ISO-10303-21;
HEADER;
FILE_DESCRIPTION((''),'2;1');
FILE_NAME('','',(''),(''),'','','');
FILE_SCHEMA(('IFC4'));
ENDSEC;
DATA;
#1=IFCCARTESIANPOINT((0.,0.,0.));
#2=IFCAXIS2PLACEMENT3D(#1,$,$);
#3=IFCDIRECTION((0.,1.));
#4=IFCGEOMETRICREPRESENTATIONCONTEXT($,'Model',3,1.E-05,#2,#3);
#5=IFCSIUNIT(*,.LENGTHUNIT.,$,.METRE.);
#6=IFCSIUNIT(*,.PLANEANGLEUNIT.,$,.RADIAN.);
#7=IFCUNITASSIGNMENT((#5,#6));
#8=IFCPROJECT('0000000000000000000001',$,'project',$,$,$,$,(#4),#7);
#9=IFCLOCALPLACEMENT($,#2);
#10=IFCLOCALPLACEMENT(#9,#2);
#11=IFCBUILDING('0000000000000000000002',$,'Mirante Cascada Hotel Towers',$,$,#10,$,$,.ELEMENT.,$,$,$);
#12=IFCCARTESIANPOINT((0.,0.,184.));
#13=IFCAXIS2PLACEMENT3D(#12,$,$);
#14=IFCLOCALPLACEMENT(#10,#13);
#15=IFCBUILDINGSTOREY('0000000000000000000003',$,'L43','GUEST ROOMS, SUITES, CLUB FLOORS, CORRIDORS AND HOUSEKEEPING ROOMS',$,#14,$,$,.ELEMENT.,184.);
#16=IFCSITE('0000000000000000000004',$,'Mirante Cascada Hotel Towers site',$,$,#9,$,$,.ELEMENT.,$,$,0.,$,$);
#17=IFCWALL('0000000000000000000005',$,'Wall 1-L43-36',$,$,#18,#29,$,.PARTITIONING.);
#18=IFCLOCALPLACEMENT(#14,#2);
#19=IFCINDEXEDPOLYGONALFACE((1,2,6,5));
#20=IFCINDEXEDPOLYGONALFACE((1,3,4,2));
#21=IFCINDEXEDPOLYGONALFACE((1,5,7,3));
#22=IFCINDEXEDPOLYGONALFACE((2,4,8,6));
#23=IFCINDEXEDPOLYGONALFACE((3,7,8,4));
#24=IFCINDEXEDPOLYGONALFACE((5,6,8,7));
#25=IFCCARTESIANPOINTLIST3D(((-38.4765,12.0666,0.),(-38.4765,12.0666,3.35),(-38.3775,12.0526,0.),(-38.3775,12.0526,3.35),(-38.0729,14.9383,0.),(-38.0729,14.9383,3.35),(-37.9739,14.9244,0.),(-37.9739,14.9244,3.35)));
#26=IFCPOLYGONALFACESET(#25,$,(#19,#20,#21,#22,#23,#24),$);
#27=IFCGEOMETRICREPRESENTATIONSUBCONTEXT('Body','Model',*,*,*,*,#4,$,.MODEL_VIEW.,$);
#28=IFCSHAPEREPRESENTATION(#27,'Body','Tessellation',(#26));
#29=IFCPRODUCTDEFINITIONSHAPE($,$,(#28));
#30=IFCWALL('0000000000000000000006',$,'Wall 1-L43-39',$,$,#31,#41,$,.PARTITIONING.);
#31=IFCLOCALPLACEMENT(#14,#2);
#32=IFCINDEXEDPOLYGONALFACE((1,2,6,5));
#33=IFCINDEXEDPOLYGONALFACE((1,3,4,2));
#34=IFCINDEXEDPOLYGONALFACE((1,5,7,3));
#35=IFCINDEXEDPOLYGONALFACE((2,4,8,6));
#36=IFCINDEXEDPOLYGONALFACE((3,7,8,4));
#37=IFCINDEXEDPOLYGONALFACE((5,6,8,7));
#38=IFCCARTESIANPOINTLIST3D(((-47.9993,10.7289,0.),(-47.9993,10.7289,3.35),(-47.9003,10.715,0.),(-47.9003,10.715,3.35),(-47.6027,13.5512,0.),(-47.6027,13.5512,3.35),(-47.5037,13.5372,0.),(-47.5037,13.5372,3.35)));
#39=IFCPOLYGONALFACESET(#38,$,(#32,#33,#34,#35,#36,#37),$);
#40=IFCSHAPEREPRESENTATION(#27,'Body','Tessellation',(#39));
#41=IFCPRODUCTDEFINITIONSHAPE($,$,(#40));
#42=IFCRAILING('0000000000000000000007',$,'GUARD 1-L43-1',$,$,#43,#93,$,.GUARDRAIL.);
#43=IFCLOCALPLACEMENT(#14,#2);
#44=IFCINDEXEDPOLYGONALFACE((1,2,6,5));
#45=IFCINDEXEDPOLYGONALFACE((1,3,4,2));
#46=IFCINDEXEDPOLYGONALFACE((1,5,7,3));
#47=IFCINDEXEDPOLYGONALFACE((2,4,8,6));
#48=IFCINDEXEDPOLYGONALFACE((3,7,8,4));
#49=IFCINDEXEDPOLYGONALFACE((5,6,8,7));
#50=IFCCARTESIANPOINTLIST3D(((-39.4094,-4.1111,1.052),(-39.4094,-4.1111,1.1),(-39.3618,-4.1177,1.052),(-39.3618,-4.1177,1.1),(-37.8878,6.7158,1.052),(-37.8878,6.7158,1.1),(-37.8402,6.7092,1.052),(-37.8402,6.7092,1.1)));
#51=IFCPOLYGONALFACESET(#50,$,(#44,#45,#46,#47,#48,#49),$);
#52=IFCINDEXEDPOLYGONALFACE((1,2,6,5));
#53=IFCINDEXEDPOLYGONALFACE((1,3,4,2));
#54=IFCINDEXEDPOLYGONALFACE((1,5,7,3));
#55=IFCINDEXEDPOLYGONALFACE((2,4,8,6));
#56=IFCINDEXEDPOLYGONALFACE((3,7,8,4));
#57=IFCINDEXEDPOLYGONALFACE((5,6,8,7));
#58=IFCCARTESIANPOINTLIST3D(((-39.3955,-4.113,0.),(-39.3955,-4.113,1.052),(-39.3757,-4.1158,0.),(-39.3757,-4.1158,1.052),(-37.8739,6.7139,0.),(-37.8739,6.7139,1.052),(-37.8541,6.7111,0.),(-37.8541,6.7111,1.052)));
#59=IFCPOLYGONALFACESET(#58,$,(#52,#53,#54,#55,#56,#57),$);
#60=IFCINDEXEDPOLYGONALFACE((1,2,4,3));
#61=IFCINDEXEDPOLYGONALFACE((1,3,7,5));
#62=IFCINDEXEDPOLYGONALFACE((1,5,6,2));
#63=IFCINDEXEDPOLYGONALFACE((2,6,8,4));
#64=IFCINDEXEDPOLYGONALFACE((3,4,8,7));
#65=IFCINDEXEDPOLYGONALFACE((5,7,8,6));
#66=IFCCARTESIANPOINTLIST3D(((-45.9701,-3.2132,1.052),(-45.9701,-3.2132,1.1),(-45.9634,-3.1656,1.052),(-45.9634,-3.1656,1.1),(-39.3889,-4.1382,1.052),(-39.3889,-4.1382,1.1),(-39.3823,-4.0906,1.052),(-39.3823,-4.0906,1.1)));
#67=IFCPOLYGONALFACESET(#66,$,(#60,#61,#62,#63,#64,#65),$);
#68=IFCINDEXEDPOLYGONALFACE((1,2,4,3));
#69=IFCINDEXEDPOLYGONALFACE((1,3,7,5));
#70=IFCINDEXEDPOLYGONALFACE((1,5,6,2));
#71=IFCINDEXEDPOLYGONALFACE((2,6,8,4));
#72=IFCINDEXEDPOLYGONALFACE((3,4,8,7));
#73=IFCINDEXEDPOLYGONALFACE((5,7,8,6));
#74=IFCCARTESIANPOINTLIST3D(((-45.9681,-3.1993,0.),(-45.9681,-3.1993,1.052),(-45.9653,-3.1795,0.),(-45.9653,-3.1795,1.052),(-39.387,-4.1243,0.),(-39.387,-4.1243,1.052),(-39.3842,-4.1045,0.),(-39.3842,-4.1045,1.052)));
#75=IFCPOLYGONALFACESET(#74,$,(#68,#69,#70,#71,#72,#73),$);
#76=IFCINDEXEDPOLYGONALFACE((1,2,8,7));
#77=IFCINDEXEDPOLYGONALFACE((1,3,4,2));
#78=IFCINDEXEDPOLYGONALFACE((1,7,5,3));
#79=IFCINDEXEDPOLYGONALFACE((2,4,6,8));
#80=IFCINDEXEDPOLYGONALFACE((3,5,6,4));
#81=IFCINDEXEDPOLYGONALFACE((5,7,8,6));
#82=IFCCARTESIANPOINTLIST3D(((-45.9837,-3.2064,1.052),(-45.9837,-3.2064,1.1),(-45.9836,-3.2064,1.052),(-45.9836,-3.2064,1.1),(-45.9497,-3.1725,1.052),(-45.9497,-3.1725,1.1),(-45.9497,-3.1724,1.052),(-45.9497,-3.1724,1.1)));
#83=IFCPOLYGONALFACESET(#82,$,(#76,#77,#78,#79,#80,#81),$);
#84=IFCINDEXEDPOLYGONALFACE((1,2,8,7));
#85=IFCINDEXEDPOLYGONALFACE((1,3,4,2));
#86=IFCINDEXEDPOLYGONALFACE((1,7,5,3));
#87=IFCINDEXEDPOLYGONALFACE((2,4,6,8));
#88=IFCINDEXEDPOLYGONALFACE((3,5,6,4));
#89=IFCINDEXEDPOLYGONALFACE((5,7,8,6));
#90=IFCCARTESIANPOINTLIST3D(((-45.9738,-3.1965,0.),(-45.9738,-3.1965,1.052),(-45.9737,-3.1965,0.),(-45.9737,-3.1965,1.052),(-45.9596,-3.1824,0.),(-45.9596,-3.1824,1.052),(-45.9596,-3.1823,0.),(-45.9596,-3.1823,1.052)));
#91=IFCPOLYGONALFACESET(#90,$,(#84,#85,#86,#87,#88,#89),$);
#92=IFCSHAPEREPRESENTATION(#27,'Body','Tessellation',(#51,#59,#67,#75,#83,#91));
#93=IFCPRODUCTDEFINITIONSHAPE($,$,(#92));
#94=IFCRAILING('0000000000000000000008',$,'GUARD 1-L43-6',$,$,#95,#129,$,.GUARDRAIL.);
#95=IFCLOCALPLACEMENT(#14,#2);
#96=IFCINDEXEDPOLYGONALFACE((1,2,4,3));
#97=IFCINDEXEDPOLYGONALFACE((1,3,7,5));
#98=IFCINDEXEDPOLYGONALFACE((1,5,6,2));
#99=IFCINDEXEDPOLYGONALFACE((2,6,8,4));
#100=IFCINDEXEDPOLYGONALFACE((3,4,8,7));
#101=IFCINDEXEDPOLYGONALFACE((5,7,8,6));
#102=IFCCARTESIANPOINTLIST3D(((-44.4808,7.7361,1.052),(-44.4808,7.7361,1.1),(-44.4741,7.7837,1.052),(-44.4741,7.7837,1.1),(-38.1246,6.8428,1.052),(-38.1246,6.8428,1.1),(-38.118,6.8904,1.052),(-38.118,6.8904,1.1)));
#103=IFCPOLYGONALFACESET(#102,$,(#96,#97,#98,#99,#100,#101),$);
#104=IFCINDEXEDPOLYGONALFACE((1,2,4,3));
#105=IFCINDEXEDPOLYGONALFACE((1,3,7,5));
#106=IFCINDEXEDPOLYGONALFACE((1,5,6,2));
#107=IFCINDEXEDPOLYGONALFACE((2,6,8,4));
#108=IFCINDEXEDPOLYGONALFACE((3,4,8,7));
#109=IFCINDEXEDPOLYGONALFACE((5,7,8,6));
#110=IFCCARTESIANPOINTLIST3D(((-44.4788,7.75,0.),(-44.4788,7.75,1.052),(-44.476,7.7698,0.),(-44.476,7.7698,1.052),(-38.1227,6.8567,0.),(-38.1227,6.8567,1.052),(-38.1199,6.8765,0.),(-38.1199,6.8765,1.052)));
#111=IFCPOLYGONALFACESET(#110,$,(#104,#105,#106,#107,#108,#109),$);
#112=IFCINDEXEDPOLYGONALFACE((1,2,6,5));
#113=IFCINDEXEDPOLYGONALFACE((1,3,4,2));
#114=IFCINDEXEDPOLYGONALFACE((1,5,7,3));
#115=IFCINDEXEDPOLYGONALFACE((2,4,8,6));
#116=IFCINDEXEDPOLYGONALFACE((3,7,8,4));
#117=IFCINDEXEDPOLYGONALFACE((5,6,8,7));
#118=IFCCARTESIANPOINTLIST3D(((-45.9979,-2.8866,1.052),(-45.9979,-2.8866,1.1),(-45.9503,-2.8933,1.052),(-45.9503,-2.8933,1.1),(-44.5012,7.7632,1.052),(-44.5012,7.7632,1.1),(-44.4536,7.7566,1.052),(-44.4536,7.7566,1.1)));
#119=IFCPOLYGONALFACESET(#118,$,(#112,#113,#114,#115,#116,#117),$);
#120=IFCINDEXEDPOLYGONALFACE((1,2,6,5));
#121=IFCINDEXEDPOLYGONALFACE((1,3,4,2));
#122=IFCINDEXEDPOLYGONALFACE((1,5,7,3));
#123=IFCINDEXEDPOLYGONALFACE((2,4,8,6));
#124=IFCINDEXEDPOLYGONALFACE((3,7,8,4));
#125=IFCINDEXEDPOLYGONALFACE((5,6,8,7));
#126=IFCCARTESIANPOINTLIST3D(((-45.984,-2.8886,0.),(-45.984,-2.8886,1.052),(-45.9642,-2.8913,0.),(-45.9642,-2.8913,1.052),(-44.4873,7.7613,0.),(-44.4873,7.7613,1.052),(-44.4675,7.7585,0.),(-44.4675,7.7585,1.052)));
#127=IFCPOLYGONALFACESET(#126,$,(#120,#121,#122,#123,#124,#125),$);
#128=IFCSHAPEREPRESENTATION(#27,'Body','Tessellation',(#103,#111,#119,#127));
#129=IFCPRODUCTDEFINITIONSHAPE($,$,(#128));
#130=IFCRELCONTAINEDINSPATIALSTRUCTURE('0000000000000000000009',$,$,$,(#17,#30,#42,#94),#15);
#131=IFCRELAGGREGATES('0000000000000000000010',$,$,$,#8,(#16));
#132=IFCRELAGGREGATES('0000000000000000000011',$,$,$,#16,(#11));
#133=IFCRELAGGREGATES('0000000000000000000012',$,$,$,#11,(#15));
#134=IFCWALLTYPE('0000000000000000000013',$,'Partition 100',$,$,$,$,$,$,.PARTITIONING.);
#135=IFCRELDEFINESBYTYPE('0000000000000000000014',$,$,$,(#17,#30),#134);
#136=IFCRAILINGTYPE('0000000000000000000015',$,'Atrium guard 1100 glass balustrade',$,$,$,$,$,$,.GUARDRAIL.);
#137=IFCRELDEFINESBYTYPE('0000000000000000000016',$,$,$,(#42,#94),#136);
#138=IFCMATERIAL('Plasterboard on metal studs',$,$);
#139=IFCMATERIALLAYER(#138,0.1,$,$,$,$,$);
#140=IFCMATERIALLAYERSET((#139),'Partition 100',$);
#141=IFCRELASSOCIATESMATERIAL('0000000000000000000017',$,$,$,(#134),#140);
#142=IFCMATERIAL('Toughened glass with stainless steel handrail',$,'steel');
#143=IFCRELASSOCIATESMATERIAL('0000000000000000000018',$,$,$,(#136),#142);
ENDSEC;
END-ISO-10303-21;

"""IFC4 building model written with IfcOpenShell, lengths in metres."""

from ifc_helpers import new_model, si_unit, direction, frame, frame_2d, origin, origin_2d, place, context, subcontext, project, spatial, rectangle, extrude, material, layer, layer_set, type_object, element, save


model = new_model("IFC4")

# Units and contexts
model_context = context("Model", 3, precision=1e-05, world=origin(), true_north=direction((0.0, 1.0)))
body_context = subcontext(model_context, "Body", "Model", "MODEL_VIEW")
ifc_project = project(units=[si_unit("LENGTHUNIT", "METRE"), si_unit("PLANEANGLEUNIT", "RADIAN")], contexts=[model_context])

# Site, building, storey
site_placement = place(None, origin())
site = spatial("IfcSite", under=ifc_project, at=site_placement, Name="Mirante Cascada Hotel Towers site", CompositionType="ELEMENT", RefElevation=0.0)
building_placement = place(site_placement, origin())
building = spatial("IfcBuilding", under=site, at=building_placement, Name="Mirante Cascada Hotel Towers", CompositionType="ELEMENT")
storey_placement = place(building_placement, frame((0.0, 0.0, 184.0)))
storey = spatial("IfcBuildingStorey", under=building, at=storey_placement, Name="L43", Description="GUEST ROOMS, SUITES, CLUB FLOORS, CORRIDORS AND HOUSEKEEPING ROOMS", CompositionType="ELEMENT", Elevation=184.0)

# Shared definitions
ifc_material_1 = material(Name="Plasterboard on metal studs")
ifc_layer_1 = layer(ifc_material_1, 0.1)
ifc_layer_set_1 = layer_set([ifc_layer_1], Name="Partition 100")
wall_type_1 = type_object("IfcWallType", Name="Partition 100", PredefinedType="PARTITIONING", material=ifc_layer_set_1)

# Walls
wall_1_placement = place(storey_placement, frame((-38.427, 12.0596, 0.0), z_axis=(0.0, 0.0, 1.0), x_axis=(0.139171, 0.990268, 0.0)))
element("IfcWall", 1, at=wall_1_placement, inside=storey, type_object=wall_type_1, Name="Wall 1-L43-36", PredefinedType="PARTITIONING", context=body_context, shape_type="SweptSolid", body=[
    extrude(rectangle(XDim=2.9, YDim=0.1, at=frame_2d((1.45, 0.0))), origin(), (0.0, 0.0, 1.0), 3.35),
])
wall_2_placement = place(storey_placement, frame((-47.5532, 13.5442, 0.0), z_axis=(0.0, 0.0, 1.0), x_axis=(-0.139156, -0.99027, 0.0)))
element("IfcWall", 2, at=wall_2_placement, inside=storey, type_object=wall_type_1, Name="Wall 1-L43-39", PredefinedType="PARTITIONING", context=body_context, shape_type="SweptSolid", body=[
    extrude(rectangle(XDim=2.85, YDim=0.1, at=frame_2d((1.425, 0.0))), origin(), (0.0, 0.0, 1.0), 3.35),
])

# Railings
ifc_material_2 = material(Name="Toughened glass with stainless steel handrail", Category="steel")
railing_type = type_object("IfcRailingType", Name="Atrium guard 1100 glass balustrade", PredefinedType="GUARDRAIL", material=ifc_material_2)
railing_1_placement = place(storey_placement, frame((-37.864, 6.7125, 0.0)))
element("IfcRailing", 3, at=railing_1_placement, inside=storey, type_object=railing_type, Name="GUARD 1-L43-1", PredefinedType="GUARDRAIL", context=body_context, shape_type="SweptSolid", body=[
    extrude(rectangle(XDim=0.048, YDim=0.048, at=origin_2d()), frame((0.0, 0.0, 1.076), z_axis=(-0.139171, -0.990268, 0.0), x_axis=(0.990268, -0.139171, 0.0)), (0.0, 0.0, 1.0), 10.9333),
    extrude(rectangle(XDim=0.02, YDim=1.052, at=origin_2d()), frame((0.0, 0.0, 0.526), z_axis=(-0.139171, -0.990268, 0.0), x_axis=(0.990268, -0.139171, 0.0)), (0.0, 0.0, 1.0), 10.9333),
    extrude(rectangle(XDim=0.048, YDim=0.048, at=origin_2d()), frame((-1.5216, -10.8269, 1.076), z_axis=(-0.990266, 0.139186, 0.0), x_axis=(-0.139186, -0.990266, 0.0)), (0.0, 0.0, 1.0), 6.6458),
    extrude(rectangle(XDim=0.02, YDim=1.052, at=origin_2d()), frame((-1.5216, -10.8269, 0.526), z_axis=(-0.990266, 0.139186, 0.0), x_axis=(-0.139186, -0.990266, 0.0)), (0.0, 0.0, 1.0), 6.6458),
    extrude(rectangle(XDim=0.048, YDim=0.048, at=origin_2d()), frame((-8.1027, -9.9019, 1.076), z_axis=(0.707107, -0.707107, 0.0), x_axis=(0.707107, 0.707107, 0.0)), (0.0, 0.0, 1.0), 0.0001),
    extrude(rectangle(XDim=0.02, YDim=1.052, at=origin_2d()), frame((-8.1027, -9.9019, 0.526), z_axis=(0.707107, -0.707107, 0.0), x_axis=(0.707107, 0.707107, 0.0)), (0.0, 0.0, 1.0), 0.0001),
])
railing_2_placement = place(storey_placement, frame((-38.1213, 6.8666, 0.0)))
element("IfcRailing", 4, at=railing_2_placement, inside=storey, type_object=railing_type, Name="GUARD 1-L43-6", PredefinedType="GUARDRAIL", context=body_context, shape_type="SweptSolid", body=[
    extrude(rectangle(XDim=0.048, YDim=0.048, at=origin_2d()), frame((0.0, 0.0, 1.076), z_axis=(-0.990268, 0.139174, 0.0), x_axis=(-0.139174, -0.990268, 0.0)), (0.0, 0.0, 1.0), 6.4186),
    extrude(rectangle(XDim=0.02, YDim=1.052, at=origin_2d()), frame((0.0, 0.0, 0.526), z_axis=(-0.990268, 0.139174, 0.0), x_axis=(-0.139174, -0.990268, 0.0)), (0.0, 0.0, 1.0), 6.4186),
    extrude(rectangle(XDim=0.048, YDim=0.048, at=origin_2d()), frame((-6.3561, 0.8933, 1.076), z_axis=(-0.13917, -0.990268, 0.0), x_axis=(0.990268, -0.13917, 0.0)), (0.0, 0.0, 1.0), 10.7545),
    extrude(rectangle(XDim=0.02, YDim=1.052, at=origin_2d()), frame((-6.3561, 0.8933, 0.526), z_axis=(-0.13917, -0.990268, 0.0), x_axis=(0.990268, -0.13917, 0.0)), (0.0, 0.0, 1.0), 10.7545),
])

save(model, "model.ifc")
